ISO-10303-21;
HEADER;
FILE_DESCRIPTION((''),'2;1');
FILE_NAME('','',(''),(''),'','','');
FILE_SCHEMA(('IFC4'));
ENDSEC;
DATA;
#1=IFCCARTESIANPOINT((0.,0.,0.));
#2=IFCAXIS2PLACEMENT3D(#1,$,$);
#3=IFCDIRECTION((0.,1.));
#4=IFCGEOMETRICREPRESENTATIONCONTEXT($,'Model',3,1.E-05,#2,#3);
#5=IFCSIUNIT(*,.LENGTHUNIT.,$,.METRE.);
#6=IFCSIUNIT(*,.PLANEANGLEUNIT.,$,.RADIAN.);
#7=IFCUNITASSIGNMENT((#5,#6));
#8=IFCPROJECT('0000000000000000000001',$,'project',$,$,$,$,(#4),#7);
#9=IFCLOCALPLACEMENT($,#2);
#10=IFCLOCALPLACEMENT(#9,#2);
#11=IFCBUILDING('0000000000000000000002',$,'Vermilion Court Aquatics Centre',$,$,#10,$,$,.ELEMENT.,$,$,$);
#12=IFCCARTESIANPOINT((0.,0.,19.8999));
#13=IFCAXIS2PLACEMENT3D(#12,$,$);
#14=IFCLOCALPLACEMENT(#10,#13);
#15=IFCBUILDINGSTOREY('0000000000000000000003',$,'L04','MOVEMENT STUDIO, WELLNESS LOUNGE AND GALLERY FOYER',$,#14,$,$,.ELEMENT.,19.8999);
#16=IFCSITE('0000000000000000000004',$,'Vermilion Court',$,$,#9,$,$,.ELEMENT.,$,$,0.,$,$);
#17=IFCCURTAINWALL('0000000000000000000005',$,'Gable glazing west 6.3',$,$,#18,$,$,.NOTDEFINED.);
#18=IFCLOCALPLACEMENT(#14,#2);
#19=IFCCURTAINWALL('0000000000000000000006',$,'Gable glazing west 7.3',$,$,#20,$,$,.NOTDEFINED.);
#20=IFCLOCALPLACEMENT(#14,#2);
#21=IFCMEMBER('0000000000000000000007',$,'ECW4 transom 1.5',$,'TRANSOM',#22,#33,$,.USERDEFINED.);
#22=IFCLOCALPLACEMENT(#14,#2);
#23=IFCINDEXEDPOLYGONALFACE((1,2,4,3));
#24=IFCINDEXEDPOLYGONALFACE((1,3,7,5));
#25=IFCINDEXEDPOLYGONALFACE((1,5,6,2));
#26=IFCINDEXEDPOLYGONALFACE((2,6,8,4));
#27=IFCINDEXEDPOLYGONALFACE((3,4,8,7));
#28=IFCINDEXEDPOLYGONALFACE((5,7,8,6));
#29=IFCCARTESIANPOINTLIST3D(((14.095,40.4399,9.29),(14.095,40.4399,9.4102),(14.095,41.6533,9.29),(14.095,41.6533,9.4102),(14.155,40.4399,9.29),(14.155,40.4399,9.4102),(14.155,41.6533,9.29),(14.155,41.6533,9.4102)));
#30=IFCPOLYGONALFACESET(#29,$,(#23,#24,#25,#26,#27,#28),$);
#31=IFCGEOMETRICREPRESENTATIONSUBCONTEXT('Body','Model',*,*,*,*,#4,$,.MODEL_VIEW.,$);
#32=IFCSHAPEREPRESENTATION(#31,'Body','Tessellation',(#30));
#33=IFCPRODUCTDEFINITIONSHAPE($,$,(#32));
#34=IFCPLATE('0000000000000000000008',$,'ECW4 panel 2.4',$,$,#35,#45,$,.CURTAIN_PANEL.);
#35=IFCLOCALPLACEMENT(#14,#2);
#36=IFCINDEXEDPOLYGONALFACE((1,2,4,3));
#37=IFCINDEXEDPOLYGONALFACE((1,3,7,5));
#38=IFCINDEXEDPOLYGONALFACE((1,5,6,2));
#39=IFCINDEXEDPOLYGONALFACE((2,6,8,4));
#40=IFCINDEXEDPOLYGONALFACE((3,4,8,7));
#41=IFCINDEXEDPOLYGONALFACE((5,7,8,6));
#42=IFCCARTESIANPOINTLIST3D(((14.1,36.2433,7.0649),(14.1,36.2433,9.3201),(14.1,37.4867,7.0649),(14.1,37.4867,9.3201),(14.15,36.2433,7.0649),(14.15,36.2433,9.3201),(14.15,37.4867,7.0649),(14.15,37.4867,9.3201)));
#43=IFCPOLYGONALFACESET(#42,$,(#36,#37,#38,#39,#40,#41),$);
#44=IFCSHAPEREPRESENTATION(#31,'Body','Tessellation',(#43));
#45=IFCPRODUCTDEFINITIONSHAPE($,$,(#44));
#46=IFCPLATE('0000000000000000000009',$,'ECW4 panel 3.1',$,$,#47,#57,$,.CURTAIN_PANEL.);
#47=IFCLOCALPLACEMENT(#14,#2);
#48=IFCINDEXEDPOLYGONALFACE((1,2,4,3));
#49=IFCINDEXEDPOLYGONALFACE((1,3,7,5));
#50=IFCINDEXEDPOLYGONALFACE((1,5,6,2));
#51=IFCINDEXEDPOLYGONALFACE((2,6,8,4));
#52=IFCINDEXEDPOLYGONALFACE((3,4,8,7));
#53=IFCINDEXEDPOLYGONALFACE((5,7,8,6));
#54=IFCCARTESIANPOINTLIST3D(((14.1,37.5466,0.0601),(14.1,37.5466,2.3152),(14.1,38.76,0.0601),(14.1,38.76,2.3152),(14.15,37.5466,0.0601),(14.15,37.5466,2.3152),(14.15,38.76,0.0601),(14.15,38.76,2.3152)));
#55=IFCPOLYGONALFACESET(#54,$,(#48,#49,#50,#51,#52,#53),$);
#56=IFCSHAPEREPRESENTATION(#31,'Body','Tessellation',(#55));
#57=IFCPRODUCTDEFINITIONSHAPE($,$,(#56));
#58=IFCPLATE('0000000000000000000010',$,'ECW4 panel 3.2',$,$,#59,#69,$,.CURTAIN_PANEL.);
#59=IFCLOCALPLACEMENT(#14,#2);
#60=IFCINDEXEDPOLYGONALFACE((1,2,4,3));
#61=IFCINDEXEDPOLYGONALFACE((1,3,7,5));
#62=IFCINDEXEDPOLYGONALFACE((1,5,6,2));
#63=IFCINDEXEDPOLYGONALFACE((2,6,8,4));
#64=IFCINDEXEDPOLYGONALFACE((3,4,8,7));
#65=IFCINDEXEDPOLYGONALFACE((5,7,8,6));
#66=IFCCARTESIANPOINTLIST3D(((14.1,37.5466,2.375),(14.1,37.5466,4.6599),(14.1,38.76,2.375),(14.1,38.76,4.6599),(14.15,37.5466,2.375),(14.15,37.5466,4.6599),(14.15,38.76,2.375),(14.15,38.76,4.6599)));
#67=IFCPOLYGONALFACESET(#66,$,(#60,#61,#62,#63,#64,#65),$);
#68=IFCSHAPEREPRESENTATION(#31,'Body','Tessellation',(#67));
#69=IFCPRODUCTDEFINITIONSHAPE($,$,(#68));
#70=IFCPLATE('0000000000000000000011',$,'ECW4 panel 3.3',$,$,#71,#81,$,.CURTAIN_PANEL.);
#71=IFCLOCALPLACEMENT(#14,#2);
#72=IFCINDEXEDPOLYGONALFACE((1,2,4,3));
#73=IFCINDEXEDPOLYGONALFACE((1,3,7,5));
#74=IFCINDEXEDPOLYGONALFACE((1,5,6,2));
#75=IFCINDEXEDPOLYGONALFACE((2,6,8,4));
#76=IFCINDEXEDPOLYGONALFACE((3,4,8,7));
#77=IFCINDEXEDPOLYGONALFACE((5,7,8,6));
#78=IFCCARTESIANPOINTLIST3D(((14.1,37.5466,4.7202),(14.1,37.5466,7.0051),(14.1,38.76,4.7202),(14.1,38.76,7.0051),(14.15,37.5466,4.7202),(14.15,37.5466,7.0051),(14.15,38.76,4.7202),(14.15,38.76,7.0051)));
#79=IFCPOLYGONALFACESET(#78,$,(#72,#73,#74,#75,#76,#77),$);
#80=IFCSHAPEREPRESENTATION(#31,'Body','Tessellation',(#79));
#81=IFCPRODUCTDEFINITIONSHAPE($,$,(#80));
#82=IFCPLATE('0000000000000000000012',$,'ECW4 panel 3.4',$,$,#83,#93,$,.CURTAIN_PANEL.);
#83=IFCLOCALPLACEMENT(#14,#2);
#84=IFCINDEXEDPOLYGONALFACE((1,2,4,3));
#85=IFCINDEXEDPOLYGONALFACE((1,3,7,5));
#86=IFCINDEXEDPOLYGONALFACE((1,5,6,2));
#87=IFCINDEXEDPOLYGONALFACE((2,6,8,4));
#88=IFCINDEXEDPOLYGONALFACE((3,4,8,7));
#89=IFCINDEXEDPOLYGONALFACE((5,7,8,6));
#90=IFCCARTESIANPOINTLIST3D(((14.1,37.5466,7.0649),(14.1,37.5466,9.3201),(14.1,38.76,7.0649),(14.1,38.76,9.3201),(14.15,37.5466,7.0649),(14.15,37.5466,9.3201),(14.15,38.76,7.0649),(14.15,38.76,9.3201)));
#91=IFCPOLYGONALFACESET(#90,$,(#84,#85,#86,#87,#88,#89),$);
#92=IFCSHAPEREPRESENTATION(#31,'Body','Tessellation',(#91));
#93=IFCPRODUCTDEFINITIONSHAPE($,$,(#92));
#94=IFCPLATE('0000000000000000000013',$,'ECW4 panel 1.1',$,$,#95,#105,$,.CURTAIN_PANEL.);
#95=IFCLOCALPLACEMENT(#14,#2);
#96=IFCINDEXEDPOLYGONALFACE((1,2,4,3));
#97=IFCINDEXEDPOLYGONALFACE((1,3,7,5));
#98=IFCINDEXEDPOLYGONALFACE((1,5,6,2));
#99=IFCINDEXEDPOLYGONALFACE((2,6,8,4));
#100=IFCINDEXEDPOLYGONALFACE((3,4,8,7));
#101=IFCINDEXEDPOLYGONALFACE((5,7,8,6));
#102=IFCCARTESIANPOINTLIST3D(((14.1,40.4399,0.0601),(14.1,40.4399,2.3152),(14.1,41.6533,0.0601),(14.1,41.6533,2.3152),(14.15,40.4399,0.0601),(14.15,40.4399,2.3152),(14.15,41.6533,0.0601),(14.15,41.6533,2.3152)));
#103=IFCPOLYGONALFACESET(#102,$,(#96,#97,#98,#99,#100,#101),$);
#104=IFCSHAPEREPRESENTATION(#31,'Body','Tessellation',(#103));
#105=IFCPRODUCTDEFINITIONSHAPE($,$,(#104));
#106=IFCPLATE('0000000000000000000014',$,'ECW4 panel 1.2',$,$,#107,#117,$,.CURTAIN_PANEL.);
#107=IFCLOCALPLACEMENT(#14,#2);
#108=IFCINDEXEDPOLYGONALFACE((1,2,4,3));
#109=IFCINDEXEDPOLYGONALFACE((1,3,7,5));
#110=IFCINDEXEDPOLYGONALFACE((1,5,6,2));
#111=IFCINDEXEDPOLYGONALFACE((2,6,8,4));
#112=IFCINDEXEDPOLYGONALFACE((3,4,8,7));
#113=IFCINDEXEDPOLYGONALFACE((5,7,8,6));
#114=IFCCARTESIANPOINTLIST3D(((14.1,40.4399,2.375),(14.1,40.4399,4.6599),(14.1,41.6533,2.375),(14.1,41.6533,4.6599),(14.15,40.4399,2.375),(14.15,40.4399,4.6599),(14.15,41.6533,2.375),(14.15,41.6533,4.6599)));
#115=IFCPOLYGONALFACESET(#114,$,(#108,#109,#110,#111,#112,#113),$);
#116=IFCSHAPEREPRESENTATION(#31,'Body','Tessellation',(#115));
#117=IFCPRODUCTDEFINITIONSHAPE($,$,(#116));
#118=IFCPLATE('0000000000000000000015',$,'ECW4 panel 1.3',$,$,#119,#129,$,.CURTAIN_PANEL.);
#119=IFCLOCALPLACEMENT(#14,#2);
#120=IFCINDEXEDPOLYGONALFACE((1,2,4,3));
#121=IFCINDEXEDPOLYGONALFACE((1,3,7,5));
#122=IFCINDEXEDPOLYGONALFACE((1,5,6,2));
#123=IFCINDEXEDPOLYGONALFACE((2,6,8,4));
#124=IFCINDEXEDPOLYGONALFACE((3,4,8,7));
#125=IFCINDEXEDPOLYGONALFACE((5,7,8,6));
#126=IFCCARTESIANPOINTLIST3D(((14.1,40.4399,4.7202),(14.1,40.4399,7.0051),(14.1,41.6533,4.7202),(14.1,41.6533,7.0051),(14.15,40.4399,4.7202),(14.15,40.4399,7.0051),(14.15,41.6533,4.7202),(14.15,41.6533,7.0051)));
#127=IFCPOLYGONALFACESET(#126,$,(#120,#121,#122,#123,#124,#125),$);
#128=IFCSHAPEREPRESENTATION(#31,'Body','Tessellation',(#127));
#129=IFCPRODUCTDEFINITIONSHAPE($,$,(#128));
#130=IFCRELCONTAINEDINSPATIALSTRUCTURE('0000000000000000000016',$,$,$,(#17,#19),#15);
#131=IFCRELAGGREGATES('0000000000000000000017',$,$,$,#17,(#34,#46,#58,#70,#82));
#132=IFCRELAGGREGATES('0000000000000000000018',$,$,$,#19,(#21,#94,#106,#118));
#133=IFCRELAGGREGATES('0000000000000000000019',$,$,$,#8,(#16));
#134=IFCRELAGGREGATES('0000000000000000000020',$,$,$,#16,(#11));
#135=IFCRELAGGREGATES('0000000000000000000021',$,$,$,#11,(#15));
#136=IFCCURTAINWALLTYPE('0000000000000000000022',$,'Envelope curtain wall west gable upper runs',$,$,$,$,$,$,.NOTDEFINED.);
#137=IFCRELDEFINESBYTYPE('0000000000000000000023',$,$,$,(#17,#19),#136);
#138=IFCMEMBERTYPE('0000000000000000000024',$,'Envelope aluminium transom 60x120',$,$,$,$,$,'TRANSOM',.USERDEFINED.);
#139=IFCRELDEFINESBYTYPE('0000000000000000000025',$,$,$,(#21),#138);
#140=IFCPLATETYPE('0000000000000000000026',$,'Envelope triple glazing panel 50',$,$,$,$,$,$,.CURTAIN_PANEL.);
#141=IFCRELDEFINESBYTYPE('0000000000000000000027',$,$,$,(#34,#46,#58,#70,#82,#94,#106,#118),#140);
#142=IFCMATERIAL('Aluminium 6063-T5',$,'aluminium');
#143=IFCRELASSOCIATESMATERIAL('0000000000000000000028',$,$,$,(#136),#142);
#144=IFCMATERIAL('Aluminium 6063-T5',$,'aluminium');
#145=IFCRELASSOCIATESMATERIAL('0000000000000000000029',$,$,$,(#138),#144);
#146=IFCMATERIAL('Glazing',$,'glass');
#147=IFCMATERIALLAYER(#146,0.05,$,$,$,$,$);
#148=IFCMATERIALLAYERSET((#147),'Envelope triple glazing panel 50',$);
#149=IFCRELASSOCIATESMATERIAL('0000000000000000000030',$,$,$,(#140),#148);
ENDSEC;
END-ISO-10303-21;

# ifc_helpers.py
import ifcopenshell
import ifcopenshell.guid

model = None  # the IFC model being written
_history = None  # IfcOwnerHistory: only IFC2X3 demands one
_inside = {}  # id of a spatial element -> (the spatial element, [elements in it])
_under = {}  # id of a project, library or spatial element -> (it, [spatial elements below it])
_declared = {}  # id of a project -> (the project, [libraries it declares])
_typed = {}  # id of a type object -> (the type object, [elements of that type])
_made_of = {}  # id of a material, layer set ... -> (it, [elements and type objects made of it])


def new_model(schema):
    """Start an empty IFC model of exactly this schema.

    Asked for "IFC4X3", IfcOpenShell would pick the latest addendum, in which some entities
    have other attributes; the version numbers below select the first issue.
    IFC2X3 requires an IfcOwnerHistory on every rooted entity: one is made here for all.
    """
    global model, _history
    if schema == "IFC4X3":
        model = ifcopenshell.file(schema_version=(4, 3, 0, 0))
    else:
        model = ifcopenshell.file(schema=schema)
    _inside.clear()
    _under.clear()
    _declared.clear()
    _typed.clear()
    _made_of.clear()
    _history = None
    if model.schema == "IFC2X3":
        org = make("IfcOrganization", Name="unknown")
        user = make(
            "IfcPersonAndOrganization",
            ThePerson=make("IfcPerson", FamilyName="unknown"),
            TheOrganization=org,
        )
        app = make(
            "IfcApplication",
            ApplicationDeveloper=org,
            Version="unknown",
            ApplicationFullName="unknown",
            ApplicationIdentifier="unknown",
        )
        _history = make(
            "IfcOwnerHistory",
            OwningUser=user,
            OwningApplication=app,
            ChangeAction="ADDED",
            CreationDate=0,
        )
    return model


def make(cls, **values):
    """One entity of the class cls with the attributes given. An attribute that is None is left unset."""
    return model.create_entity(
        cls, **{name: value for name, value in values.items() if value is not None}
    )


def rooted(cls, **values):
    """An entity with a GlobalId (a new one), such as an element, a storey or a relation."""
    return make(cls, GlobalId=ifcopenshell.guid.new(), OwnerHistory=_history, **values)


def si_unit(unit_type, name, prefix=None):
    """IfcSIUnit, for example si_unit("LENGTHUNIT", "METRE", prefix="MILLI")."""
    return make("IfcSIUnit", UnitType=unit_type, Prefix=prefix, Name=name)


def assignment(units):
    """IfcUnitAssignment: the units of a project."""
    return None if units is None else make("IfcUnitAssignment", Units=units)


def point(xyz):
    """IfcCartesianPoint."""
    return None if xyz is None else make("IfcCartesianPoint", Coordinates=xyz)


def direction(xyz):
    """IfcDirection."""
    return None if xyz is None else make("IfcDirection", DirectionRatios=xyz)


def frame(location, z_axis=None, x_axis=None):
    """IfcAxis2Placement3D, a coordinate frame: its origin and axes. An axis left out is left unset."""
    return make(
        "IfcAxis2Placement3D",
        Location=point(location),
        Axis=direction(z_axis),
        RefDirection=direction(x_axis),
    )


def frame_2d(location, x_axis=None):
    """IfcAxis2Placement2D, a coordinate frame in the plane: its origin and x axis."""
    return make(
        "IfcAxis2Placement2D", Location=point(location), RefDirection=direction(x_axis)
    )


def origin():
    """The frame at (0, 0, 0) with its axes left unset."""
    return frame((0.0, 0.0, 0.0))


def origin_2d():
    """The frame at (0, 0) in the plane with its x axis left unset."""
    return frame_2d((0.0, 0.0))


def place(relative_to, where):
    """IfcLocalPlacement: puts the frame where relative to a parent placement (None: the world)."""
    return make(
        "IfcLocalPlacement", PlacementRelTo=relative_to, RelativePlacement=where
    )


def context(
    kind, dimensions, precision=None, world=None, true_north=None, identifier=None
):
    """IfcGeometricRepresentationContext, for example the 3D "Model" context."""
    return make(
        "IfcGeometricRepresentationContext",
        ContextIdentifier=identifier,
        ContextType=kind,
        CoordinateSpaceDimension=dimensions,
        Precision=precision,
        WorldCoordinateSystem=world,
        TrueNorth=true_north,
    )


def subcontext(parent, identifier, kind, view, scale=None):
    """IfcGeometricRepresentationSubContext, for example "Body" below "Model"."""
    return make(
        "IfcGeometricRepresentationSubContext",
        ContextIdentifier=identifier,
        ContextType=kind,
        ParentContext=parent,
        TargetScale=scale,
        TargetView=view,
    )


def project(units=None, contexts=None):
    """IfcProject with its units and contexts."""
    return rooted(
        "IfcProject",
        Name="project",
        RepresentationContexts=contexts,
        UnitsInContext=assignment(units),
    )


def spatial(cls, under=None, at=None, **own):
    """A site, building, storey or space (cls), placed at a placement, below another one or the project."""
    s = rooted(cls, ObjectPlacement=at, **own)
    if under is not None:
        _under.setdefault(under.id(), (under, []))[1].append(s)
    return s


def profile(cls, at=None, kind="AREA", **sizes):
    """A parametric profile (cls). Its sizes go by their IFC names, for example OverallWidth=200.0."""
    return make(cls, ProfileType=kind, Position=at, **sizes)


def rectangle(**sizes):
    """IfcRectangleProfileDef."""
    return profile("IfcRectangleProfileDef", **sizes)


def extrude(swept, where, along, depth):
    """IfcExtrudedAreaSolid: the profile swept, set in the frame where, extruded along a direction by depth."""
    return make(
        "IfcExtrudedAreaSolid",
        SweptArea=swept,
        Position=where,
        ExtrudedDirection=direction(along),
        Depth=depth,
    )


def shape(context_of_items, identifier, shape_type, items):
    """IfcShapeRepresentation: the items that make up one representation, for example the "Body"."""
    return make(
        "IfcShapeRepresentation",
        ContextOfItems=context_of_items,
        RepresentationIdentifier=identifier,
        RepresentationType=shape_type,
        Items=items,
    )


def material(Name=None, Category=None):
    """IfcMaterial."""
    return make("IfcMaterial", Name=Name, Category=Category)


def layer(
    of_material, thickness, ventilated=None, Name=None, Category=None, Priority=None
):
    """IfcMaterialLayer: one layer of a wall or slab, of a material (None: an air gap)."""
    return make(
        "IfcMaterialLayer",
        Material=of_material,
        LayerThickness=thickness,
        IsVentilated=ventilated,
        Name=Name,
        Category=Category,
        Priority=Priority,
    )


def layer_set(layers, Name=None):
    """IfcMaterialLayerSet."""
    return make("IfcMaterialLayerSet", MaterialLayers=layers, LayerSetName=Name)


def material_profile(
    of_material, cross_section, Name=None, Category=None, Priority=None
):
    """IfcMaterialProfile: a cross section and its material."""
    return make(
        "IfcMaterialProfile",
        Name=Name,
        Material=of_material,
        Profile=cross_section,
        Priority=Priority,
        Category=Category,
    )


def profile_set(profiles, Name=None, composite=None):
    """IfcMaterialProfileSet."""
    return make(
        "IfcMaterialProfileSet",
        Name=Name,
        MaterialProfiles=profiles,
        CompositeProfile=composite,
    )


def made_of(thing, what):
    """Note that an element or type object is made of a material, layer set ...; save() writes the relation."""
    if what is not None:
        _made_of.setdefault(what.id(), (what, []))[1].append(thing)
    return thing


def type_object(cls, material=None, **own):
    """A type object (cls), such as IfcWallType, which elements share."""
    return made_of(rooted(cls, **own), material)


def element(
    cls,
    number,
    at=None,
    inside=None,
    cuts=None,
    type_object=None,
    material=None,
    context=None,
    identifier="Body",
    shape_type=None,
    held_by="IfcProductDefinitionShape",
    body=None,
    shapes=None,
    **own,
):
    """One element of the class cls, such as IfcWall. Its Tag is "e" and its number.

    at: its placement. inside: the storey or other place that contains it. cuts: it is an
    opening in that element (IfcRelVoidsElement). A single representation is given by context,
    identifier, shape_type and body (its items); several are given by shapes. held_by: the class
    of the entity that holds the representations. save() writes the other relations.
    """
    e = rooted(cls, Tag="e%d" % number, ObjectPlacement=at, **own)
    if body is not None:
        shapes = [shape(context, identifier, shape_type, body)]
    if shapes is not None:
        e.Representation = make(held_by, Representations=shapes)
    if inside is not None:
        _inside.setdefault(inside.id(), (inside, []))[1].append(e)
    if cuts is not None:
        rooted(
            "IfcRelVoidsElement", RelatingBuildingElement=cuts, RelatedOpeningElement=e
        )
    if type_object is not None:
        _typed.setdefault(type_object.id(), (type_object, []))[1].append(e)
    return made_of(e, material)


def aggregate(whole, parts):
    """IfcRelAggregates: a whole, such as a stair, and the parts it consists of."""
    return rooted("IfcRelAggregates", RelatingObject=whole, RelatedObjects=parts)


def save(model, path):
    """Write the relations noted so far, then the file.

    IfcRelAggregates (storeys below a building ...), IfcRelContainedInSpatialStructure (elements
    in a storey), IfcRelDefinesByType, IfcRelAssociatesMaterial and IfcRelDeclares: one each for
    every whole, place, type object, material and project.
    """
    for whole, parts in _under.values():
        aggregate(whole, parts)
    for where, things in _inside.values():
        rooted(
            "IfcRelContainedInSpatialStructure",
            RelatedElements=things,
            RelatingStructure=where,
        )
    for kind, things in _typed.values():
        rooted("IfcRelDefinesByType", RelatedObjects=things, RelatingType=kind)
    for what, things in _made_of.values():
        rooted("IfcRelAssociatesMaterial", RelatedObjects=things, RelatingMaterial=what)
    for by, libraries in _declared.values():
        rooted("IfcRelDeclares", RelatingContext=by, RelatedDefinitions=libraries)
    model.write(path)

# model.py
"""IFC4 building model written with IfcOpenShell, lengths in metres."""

from ifc_helpers import new_model, si_unit, direction, frame, origin, origin_2d, place, context, subcontext, project, spatial, rectangle, extrude, material, layer, layer_set, material_profile, profile_set, type_object, element, aggregate, save


model = new_model("IFC4")

# Units and contexts
model_context = context("Model", 3, precision=1e-05, world=origin(), true_north=direction((0.0, 1.0)))
body_context = subcontext(model_context, "Body", "Model", "MODEL_VIEW")
ifc_project = project(units=[si_unit("LENGTHUNIT", "METRE"), si_unit("PLANEANGLEUNIT", "RADIAN")], contexts=[model_context])

# Site, building, storey
site_placement = place(None, origin())
site = spatial("IfcSite", under=ifc_project, at=site_placement, Name="Vermilion Court", CompositionType="ELEMENT", RefElevation=0.0)
building_placement = place(site_placement, origin())
building = spatial("IfcBuilding", under=site, at=building_placement, Name="Vermilion Court Aquatics Centre", CompositionType="ELEMENT")
storey_placement = place(building_placement, frame((0.0, 0.0, 19.8999)))
storey = spatial("IfcBuildingStorey", under=building, at=storey_placement, Name="L04", Description="MOVEMENT STUDIO, WELLNESS LOUNGE AND GALLERY FOYER", CompositionType="ELEMENT", Elevation=19.8999)

# Curtain walls
ifc_material_1 = material(Name="Aluminium 6063-T5", Category="aluminium")
curtain_wall_type = type_object("IfcCurtainWallType", Name="Envelope curtain wall west gable upper runs", PredefinedType="NOTDEFINED", material=ifc_material_1)
curtain_wall_1_placement = place(storey_placement, origin())
curtain_wall_1 = element("IfcCurtainWall", 1, at=curtain_wall_1_placement, inside=storey, type_object=curtain_wall_type, Name="Gable glazing west 6.3", PredefinedType="NOTDEFINED")
curtain_wall_2_placement = place(storey_placement, origin())
curtain_wall_2 = element("IfcCurtainWall", 2, at=curtain_wall_2_placement, inside=storey, type_object=curtain_wall_type, Name="Gable glazing west 7.3", PredefinedType="NOTDEFINED")

# Member
ifc_material_2 = material(Name="Aluminium 6063-T5", Category="aluminium")
ifc_material_profile_1 = material_profile(ifc_material_2, rectangle(XDim=0.0601, YDim=0.1201, at=origin_2d()), Name="AL 60x120")
ifc_profile_set_1 = profile_set([ifc_material_profile_1], Name="Aluminium 6063-T5")
member_type_1 = type_object("IfcMemberType", Name="Envelope aluminium transom 60x120", ElementType="TRANSOM", PredefinedType="USERDEFINED", material=ifc_profile_set_1)
member_1_placement = place(storey_placement, frame((14.125, 40.4399, 9.3501), z_axis=(0.0, 1.0, 0.0), x_axis=(-1.0, 0.0, 0.0)))
member_1 = element("IfcMember", 3, at=member_1_placement, type_object=member_type_1, Name="ECW4 transom 1.5", ObjectType="TRANSOM", PredefinedType="USERDEFINED", context=body_context, shape_type="SweptSolid", body=[
    extrude(rectangle(XDim=0.0601, YDim=0.1201, at=origin_2d()), origin(), (0.0, 0.0, 1.0), 1.2134),
])

# Plates
ifc_material_3 = material(Name="Glazing", Category="glass")
ifc_layer = layer(ifc_material_3, 0.05)
ifc_layer_set = layer_set([ifc_layer], Name="Envelope triple glazing panel 50")
plate_type = type_object("IfcPlateType", Name="Envelope triple glazing panel 50", PredefinedType="CURTAIN_PANEL", material=ifc_layer_set)
plate_1_placement = place(storey_placement, frame((14.125, 36.865, 7.0649), z_axis=(0.0, 0.0, 1.0), x_axis=(0.0, 1.0, 0.0)))
plate_1 = element("IfcPlate", 4, at=plate_1_placement, type_object=plate_type, Name="ECW4 panel 2.4", PredefinedType="CURTAIN_PANEL", context=body_context, shape_type="SweptSolid", body=[
    extrude(rectangle(XDim=1.2434, YDim=0.05, at=origin_2d()), origin(), (0.0, 0.0, 1.0), 2.2551),
])
plate_2_placement = place(storey_placement, frame((14.125, 38.1533, 0.0601), z_axis=(0.0, 0.0, 1.0), x_axis=(0.0, 1.0, 0.0)))
plate_2 = element("IfcPlate", 5, at=plate_2_placement, type_object=plate_type, Name="ECW4 panel 3.1", PredefinedType="CURTAIN_PANEL", context=body_context, shape_type="SweptSolid", body=[
    extrude(rectangle(XDim=1.2134, YDim=0.05, at=origin_2d()), origin(), (0.0, 0.0, 1.0), 2.2551),
])
plate_3_placement = place(storey_placement, frame((14.125, 38.1533, 2.375), z_axis=(0.0, 0.0, 1.0), x_axis=(0.0, 1.0, 0.0)))
plate_3 = element("IfcPlate", 6, at=plate_3_placement, type_object=plate_type, Name="ECW4 panel 3.2", PredefinedType="CURTAIN_PANEL", context=body_context, shape_type="SweptSolid", body=[
    extrude(rectangle(XDim=1.2134, YDim=0.05, at=origin_2d()), origin(), (0.0, 0.0, 1.0), 2.2849),
])
plate_4_placement = place(storey_placement, frame((14.125, 38.1533, 4.7202), z_axis=(0.0, 0.0, 1.0), x_axis=(0.0, 1.0, 0.0)))
plate_4 = element("IfcPlate", 7, at=plate_4_placement, type_object=plate_type, Name="ECW4 panel 3.3", PredefinedType="CURTAIN_PANEL", context=body_context, shape_type="SweptSolid", body=[
    extrude(rectangle(XDim=1.2134, YDim=0.05, at=origin_2d()), origin(), (0.0, 0.0, 1.0), 2.2849),
])
plate_5_placement = place(storey_placement, frame((14.125, 38.1533, 7.0649), z_axis=(0.0, 0.0, 1.0), x_axis=(0.0, 1.0, 0.0)))
plate_5 = element("IfcPlate", 8, at=plate_5_placement, type_object=plate_type, Name="ECW4 panel 3.4", PredefinedType="CURTAIN_PANEL", context=body_context, shape_type="SweptSolid", body=[
    extrude(rectangle(XDim=1.2134, YDim=0.05, at=origin_2d()), origin(), (0.0, 0.0, 1.0), 2.2551),
])
aggregate(curtain_wall_1, [plate_1, plate_2, plate_3, plate_4, plate_5])
plate_6_placement = place(storey_placement, frame((14.125, 41.0466, 0.0601), z_axis=(0.0, 0.0, 1.0), x_axis=(0.0, 1.0, 0.0)))
plate_6 = element("IfcPlate", 9, at=plate_6_placement, type_object=plate_type, Name="ECW4 panel 1.1", PredefinedType="CURTAIN_PANEL", context=body_context, shape_type="SweptSolid", body=[
    extrude(rectangle(XDim=1.2134, YDim=0.05, at=origin_2d()), origin(), (0.0, 0.0, 1.0), 2.2551),
])
plate_7_placement = place(storey_placement, frame((14.125, 41.0466, 2.375), z_axis=(0.0, 0.0, 1.0), x_axis=(0.0, 1.0, 0.0)))
plate_7 = element("IfcPlate", 10, at=plate_7_placement, type_object=plate_type, Name="ECW4 panel 1.2", PredefinedType="CURTAIN_PANEL", context=body_context, shape_type="SweptSolid", body=[
    extrude(rectangle(XDim=1.2134, YDim=0.05, at=origin_2d()), origin(), (0.0, 0.0, 1.0), 2.2849),
])
plate_8_placement = place(storey_placement, frame((14.125, 41.0466, 4.7202), z_axis=(0.0, 0.0, 1.0), x_axis=(0.0, 1.0, 0.0)))
plate_8 = element("IfcPlate", 11, at=plate_8_placement, type_object=plate_type, Name="ECW4 panel 1.3", PredefinedType="CURTAIN_PANEL", context=body_context, shape_type="SweptSolid", body=[
    extrude(rectangle(XDim=1.2134, YDim=0.05, at=origin_2d()), origin(), (0.0, 0.0, 1.0), 2.2849),
])
aggregate(curtain_wall_2, [member_1, plate_6, plate_7, plate_8])

save(model, "model.ifc")
